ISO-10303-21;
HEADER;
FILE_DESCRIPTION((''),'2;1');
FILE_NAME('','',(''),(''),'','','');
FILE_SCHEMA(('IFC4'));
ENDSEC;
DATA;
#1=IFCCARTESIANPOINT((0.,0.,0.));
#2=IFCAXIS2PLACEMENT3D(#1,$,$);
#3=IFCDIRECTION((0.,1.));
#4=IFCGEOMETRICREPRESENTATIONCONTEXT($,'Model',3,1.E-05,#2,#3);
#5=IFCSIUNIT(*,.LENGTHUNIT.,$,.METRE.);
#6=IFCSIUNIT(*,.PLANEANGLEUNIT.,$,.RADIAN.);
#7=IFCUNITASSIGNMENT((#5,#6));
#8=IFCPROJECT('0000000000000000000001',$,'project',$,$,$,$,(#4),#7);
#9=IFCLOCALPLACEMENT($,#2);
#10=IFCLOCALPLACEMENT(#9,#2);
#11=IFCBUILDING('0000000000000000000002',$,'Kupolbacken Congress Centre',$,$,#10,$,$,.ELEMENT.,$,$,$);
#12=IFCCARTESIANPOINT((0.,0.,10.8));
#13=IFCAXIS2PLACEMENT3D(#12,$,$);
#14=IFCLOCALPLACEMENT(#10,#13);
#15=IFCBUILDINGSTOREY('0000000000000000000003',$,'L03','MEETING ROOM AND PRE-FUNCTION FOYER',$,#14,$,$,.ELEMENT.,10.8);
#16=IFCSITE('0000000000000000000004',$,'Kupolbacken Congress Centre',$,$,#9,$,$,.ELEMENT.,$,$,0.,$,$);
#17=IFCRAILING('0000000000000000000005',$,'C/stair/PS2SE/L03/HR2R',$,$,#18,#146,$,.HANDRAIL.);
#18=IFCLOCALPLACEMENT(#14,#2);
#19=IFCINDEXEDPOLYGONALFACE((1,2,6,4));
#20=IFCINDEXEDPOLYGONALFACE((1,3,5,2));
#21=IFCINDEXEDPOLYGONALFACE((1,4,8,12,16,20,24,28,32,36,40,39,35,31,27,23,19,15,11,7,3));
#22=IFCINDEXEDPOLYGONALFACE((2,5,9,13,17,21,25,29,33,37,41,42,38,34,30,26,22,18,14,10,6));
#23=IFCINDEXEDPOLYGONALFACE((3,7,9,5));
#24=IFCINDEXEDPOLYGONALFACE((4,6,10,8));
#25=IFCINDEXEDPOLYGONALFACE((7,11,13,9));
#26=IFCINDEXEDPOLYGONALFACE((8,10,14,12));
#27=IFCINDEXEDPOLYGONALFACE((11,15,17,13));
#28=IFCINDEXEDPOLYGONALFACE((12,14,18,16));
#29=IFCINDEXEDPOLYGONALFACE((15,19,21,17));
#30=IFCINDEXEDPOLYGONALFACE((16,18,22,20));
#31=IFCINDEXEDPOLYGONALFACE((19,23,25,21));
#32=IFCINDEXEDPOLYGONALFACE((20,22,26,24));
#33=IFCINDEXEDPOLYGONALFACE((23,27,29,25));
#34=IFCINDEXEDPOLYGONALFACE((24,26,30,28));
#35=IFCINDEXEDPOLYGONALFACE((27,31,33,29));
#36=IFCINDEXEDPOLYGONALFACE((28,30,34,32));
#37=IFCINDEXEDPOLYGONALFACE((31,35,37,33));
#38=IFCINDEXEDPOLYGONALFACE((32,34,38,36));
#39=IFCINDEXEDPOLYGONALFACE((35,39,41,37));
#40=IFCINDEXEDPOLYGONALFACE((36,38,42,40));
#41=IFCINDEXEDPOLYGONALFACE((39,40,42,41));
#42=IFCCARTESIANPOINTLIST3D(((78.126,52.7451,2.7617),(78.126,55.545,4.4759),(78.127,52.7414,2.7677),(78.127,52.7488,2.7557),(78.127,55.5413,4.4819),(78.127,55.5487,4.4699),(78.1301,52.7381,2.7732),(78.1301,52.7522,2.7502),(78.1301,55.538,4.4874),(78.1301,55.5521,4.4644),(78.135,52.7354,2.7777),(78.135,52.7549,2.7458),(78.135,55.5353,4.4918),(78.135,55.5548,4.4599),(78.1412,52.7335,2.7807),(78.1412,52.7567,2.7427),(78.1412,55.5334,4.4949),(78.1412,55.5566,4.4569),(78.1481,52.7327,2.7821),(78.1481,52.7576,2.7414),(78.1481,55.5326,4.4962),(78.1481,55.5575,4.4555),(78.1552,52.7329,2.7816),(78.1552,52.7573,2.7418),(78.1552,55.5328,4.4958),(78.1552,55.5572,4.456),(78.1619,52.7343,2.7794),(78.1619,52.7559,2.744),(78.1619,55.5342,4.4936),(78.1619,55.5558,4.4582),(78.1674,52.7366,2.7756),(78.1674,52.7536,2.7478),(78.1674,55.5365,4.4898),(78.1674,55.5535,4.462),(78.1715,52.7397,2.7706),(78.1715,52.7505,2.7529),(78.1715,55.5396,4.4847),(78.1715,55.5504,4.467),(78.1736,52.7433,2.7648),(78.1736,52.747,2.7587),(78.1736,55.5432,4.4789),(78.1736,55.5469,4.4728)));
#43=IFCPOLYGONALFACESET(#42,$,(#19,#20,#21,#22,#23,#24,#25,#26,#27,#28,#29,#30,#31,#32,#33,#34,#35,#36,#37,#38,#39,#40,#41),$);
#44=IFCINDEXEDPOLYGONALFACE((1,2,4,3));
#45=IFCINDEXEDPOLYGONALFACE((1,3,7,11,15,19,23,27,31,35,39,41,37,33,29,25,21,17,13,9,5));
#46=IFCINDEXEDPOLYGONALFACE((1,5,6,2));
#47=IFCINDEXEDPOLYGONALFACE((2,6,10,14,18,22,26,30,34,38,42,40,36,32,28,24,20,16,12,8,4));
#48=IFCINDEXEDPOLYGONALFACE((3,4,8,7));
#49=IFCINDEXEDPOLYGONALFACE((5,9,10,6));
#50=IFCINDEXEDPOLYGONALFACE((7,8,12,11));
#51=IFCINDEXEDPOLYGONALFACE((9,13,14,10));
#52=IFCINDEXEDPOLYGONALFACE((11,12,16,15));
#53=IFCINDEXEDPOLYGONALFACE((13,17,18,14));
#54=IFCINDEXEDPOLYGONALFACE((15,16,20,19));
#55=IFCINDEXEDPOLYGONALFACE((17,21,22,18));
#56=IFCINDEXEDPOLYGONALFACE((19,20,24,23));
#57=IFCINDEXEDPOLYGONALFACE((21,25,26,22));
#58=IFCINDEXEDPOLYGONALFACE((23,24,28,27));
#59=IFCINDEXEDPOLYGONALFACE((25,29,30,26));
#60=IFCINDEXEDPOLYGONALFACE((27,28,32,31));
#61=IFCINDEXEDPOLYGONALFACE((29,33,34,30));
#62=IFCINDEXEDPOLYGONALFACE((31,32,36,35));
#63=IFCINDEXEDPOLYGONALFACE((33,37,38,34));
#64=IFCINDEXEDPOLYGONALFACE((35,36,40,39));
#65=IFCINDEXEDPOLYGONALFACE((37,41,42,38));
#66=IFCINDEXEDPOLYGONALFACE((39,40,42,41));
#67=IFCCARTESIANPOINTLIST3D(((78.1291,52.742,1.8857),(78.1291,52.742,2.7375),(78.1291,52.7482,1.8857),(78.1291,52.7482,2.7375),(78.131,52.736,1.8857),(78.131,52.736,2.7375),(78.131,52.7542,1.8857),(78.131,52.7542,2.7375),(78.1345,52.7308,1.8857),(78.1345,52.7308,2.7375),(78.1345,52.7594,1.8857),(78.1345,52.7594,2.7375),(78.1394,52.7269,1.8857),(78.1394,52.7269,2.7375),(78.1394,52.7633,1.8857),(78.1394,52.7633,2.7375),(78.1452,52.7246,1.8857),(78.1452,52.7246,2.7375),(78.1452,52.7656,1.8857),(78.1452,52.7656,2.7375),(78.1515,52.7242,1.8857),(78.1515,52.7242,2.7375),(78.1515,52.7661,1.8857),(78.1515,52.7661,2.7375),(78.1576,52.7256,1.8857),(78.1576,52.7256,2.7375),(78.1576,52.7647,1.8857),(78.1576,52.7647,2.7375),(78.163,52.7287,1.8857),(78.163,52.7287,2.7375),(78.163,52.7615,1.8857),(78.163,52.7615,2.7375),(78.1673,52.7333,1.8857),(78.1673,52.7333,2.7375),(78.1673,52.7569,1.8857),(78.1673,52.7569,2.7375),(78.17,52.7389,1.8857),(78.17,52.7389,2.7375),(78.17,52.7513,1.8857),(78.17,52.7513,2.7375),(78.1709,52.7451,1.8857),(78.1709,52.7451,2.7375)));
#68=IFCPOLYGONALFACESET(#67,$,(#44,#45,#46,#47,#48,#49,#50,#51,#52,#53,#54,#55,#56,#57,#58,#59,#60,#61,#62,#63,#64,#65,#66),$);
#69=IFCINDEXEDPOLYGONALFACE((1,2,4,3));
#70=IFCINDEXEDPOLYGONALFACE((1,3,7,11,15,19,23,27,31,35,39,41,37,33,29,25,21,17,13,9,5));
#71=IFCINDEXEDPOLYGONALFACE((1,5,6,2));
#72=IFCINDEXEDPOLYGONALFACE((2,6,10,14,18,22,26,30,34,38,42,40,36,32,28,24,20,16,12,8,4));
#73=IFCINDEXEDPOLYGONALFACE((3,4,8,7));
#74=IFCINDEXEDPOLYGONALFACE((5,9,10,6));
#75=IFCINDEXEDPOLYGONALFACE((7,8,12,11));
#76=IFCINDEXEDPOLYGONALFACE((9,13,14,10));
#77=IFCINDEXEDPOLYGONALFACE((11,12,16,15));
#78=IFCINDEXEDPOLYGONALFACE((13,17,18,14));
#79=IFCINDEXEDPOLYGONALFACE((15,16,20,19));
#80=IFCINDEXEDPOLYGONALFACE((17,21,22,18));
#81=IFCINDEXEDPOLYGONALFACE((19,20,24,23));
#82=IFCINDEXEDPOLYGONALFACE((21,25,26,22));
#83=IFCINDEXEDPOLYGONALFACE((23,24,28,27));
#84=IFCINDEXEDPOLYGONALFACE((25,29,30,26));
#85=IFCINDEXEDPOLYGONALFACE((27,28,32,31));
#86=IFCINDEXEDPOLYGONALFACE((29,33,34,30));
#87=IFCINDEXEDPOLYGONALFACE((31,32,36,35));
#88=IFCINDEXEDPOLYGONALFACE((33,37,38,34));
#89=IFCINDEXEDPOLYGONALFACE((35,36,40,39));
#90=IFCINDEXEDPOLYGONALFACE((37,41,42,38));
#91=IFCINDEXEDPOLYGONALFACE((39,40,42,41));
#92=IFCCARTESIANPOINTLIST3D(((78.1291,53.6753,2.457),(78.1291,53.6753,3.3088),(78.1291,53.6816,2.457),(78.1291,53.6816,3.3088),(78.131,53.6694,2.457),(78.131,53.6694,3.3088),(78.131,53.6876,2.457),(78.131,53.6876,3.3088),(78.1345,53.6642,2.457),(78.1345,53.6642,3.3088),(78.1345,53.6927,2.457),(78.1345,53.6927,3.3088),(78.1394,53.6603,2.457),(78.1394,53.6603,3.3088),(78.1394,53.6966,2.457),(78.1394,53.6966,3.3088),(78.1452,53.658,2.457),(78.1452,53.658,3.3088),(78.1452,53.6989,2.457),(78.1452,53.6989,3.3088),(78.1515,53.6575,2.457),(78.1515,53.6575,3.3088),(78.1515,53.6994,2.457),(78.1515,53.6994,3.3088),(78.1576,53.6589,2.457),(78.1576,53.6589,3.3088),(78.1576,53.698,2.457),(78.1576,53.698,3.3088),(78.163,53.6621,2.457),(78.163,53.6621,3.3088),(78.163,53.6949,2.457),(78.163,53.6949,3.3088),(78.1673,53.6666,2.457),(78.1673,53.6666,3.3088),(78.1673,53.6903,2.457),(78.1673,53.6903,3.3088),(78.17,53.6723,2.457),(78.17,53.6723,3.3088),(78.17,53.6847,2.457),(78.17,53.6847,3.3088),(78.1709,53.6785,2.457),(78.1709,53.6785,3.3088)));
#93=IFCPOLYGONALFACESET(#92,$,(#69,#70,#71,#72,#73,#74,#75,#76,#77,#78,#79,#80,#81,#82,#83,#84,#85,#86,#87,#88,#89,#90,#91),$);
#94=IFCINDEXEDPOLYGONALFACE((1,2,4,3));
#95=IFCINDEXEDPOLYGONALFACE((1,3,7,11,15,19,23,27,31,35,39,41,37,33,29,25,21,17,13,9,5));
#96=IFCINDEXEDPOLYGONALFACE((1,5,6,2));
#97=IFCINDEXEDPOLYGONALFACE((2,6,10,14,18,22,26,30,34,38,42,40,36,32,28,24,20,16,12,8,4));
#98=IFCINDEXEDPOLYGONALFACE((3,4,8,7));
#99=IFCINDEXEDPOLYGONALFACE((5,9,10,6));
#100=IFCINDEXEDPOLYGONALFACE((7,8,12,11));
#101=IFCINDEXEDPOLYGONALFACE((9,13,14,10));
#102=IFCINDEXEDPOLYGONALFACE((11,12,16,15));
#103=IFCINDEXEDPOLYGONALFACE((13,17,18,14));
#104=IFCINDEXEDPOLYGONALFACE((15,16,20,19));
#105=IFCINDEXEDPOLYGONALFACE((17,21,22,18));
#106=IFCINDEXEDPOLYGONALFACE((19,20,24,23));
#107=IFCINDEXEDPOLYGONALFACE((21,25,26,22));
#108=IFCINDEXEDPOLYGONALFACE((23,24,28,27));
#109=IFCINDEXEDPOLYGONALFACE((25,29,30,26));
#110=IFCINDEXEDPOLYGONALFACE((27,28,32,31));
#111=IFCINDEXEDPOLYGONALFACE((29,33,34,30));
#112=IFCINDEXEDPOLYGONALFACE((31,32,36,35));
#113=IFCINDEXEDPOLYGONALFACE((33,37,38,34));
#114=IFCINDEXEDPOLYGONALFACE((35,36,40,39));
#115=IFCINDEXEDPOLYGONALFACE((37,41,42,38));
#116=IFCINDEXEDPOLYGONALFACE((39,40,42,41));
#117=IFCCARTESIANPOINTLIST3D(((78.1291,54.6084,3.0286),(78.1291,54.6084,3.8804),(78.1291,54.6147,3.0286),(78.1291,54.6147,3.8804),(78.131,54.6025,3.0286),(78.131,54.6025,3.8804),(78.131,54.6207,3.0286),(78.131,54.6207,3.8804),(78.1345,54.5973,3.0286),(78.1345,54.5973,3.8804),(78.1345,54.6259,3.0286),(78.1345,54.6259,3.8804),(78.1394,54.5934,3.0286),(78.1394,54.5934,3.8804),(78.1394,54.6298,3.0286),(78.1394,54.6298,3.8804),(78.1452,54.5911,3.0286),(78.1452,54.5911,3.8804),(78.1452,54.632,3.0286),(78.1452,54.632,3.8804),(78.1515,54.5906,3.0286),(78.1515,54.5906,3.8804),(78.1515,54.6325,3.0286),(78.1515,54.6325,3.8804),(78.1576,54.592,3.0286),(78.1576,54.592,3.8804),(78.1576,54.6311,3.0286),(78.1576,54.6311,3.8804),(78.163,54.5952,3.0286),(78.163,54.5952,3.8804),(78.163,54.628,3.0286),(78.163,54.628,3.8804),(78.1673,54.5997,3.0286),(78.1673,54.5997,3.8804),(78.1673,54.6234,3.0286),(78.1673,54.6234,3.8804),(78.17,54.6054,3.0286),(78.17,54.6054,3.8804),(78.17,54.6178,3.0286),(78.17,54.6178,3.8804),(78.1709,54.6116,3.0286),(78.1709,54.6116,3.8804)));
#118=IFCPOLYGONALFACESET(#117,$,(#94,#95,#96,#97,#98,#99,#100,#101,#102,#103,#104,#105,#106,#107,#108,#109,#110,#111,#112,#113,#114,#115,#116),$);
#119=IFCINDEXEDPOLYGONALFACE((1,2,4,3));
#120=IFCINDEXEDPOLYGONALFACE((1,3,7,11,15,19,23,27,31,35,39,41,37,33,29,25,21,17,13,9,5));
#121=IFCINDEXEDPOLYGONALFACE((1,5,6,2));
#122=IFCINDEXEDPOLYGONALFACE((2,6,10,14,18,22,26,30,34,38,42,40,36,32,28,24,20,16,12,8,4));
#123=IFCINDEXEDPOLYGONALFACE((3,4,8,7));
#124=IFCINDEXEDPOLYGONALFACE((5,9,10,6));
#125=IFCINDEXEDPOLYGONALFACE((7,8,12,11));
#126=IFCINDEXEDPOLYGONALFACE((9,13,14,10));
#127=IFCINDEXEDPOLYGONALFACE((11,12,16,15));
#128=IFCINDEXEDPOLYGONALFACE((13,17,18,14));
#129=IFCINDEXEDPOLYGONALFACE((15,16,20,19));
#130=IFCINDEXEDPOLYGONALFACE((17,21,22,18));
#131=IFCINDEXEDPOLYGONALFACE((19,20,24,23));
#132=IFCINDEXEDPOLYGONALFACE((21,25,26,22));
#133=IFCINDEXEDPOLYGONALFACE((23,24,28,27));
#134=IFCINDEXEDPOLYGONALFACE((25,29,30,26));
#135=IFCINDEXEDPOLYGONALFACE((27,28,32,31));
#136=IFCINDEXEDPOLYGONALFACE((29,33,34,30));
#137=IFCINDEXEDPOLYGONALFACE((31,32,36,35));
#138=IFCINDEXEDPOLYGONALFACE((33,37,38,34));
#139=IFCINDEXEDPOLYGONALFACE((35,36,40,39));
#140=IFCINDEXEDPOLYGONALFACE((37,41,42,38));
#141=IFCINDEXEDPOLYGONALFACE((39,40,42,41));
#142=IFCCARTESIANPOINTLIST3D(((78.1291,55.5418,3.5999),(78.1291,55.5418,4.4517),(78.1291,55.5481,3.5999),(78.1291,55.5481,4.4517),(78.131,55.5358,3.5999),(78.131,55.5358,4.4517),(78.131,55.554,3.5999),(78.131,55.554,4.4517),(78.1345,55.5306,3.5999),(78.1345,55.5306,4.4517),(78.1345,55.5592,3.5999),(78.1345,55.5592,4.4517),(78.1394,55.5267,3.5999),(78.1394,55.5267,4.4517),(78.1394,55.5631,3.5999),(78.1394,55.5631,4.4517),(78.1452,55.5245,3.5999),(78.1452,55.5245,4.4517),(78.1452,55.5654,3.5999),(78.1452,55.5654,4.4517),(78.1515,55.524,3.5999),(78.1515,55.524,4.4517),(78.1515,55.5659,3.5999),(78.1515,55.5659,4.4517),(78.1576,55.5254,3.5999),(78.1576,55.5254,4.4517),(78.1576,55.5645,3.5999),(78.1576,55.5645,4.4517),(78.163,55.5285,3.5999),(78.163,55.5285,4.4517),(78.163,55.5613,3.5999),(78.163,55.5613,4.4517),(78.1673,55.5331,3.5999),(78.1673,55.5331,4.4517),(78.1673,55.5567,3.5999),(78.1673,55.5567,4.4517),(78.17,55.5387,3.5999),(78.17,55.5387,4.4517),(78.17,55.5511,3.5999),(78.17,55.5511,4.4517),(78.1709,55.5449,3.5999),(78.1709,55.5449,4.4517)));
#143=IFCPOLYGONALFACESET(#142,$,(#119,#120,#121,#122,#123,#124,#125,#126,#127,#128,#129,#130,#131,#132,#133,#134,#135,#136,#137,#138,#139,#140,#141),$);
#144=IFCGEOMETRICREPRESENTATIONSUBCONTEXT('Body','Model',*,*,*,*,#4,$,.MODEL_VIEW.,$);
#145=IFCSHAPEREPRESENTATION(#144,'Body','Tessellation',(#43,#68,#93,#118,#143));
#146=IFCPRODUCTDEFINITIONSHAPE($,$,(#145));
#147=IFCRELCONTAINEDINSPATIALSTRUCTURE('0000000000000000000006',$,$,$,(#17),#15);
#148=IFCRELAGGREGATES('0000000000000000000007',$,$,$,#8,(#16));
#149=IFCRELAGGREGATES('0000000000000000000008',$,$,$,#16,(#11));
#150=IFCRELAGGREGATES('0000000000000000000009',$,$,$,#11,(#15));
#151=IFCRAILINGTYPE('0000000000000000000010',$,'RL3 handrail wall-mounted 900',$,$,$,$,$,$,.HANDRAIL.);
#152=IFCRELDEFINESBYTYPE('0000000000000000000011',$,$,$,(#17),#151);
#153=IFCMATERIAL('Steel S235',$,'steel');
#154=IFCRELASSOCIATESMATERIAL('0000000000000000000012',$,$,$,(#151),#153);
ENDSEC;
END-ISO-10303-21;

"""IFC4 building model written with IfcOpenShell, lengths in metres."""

from ifc_helpers import new_model, si_unit, direction, frame, origin, origin_2d, place, context, subcontext, project, spatial, circle, extrude, material, type_object, element, save


model = new_model("IFC4")

# Units and contexts
model_context = context("Model", 3, precision=1e-05, world=origin(), true_north=direction((0.0, 1.0)))
body_context = subcontext(model_context, "Body", "Model", "MODEL_VIEW")
ifc_project = project(units=[si_unit("LENGTHUNIT", "METRE"), si_unit("PLANEANGLEUNIT", "RADIAN")], contexts=[model_context])

# Site, building, storey
site_placement = place(None, origin())
site = spatial("IfcSite", under=ifc_project, at=site_placement, Name="Kupolbacken Congress Centre", CompositionType="ELEMENT", RefElevation=0.0)
building_placement = place(site_placement, origin())
building = spatial("IfcBuilding", under=site, at=building_placement, Name="Kupolbacken Congress Centre", CompositionType="ELEMENT")
storey_placement = place(building_placement, frame((0.0, 0.0, 10.8)))
storey = spatial("IfcBuildingStorey", under=building, at=storey_placement, Name="L03", Description="MEETING ROOM AND PRE-FUNCTION FOYER", CompositionType="ELEMENT", Elevation=10.8)

# Railing
ifc_material_1 = material(Name="Steel S235", Category="steel")
railing_type = type_object("IfcRailingType", Name="RL3 handrail wall-mounted 900", PredefinedType="HANDRAIL", material=ifc_material_1)
for number, where, name in (
    (1, (78.1499, 52.7451, 1.8857), "C/stair/PS2SE/L03/HR2R"),
):
    element("IfcRailing", number, at=place(storey_placement, frame(where)), inside=storey, type_object=railing_type, Name=name, PredefinedType="HANDRAIL", context=body_context, shape_type="SweptSolid", body=[
        extrude(circle(Radius=0.0239, at=origin_2d()), frame((0.0, 0.0, 0.876), z_axis=(0.0, 0.852859, 0.522142), x_axis=(-1.0, 0.0, 0.0)), (0.0, 0.0, 1.0), 3.283),
        extrude(circle(Radius=0.021, at=origin_2d()), origin(), (0.0, 0.0, 1.0), 0.8518),
        extrude(circle(Radius=0.021, at=origin_2d()), frame((0.0, 0.9333, 0.5713)), (0.0, 0.0, 1.0), 0.8518),
        extrude(circle(Radius=0.021, at=origin_2d()), frame((0.0, 1.8665, 1.1428)), (0.0, 0.0, 1.0), 0.8518),
        extrude(circle(Radius=0.021, at=origin_2d()), frame((0.0, 2.7998, 1.7141)), (0.0, 0.0, 1.0), 0.8518),
    ])

save(model, "model.ifc")
